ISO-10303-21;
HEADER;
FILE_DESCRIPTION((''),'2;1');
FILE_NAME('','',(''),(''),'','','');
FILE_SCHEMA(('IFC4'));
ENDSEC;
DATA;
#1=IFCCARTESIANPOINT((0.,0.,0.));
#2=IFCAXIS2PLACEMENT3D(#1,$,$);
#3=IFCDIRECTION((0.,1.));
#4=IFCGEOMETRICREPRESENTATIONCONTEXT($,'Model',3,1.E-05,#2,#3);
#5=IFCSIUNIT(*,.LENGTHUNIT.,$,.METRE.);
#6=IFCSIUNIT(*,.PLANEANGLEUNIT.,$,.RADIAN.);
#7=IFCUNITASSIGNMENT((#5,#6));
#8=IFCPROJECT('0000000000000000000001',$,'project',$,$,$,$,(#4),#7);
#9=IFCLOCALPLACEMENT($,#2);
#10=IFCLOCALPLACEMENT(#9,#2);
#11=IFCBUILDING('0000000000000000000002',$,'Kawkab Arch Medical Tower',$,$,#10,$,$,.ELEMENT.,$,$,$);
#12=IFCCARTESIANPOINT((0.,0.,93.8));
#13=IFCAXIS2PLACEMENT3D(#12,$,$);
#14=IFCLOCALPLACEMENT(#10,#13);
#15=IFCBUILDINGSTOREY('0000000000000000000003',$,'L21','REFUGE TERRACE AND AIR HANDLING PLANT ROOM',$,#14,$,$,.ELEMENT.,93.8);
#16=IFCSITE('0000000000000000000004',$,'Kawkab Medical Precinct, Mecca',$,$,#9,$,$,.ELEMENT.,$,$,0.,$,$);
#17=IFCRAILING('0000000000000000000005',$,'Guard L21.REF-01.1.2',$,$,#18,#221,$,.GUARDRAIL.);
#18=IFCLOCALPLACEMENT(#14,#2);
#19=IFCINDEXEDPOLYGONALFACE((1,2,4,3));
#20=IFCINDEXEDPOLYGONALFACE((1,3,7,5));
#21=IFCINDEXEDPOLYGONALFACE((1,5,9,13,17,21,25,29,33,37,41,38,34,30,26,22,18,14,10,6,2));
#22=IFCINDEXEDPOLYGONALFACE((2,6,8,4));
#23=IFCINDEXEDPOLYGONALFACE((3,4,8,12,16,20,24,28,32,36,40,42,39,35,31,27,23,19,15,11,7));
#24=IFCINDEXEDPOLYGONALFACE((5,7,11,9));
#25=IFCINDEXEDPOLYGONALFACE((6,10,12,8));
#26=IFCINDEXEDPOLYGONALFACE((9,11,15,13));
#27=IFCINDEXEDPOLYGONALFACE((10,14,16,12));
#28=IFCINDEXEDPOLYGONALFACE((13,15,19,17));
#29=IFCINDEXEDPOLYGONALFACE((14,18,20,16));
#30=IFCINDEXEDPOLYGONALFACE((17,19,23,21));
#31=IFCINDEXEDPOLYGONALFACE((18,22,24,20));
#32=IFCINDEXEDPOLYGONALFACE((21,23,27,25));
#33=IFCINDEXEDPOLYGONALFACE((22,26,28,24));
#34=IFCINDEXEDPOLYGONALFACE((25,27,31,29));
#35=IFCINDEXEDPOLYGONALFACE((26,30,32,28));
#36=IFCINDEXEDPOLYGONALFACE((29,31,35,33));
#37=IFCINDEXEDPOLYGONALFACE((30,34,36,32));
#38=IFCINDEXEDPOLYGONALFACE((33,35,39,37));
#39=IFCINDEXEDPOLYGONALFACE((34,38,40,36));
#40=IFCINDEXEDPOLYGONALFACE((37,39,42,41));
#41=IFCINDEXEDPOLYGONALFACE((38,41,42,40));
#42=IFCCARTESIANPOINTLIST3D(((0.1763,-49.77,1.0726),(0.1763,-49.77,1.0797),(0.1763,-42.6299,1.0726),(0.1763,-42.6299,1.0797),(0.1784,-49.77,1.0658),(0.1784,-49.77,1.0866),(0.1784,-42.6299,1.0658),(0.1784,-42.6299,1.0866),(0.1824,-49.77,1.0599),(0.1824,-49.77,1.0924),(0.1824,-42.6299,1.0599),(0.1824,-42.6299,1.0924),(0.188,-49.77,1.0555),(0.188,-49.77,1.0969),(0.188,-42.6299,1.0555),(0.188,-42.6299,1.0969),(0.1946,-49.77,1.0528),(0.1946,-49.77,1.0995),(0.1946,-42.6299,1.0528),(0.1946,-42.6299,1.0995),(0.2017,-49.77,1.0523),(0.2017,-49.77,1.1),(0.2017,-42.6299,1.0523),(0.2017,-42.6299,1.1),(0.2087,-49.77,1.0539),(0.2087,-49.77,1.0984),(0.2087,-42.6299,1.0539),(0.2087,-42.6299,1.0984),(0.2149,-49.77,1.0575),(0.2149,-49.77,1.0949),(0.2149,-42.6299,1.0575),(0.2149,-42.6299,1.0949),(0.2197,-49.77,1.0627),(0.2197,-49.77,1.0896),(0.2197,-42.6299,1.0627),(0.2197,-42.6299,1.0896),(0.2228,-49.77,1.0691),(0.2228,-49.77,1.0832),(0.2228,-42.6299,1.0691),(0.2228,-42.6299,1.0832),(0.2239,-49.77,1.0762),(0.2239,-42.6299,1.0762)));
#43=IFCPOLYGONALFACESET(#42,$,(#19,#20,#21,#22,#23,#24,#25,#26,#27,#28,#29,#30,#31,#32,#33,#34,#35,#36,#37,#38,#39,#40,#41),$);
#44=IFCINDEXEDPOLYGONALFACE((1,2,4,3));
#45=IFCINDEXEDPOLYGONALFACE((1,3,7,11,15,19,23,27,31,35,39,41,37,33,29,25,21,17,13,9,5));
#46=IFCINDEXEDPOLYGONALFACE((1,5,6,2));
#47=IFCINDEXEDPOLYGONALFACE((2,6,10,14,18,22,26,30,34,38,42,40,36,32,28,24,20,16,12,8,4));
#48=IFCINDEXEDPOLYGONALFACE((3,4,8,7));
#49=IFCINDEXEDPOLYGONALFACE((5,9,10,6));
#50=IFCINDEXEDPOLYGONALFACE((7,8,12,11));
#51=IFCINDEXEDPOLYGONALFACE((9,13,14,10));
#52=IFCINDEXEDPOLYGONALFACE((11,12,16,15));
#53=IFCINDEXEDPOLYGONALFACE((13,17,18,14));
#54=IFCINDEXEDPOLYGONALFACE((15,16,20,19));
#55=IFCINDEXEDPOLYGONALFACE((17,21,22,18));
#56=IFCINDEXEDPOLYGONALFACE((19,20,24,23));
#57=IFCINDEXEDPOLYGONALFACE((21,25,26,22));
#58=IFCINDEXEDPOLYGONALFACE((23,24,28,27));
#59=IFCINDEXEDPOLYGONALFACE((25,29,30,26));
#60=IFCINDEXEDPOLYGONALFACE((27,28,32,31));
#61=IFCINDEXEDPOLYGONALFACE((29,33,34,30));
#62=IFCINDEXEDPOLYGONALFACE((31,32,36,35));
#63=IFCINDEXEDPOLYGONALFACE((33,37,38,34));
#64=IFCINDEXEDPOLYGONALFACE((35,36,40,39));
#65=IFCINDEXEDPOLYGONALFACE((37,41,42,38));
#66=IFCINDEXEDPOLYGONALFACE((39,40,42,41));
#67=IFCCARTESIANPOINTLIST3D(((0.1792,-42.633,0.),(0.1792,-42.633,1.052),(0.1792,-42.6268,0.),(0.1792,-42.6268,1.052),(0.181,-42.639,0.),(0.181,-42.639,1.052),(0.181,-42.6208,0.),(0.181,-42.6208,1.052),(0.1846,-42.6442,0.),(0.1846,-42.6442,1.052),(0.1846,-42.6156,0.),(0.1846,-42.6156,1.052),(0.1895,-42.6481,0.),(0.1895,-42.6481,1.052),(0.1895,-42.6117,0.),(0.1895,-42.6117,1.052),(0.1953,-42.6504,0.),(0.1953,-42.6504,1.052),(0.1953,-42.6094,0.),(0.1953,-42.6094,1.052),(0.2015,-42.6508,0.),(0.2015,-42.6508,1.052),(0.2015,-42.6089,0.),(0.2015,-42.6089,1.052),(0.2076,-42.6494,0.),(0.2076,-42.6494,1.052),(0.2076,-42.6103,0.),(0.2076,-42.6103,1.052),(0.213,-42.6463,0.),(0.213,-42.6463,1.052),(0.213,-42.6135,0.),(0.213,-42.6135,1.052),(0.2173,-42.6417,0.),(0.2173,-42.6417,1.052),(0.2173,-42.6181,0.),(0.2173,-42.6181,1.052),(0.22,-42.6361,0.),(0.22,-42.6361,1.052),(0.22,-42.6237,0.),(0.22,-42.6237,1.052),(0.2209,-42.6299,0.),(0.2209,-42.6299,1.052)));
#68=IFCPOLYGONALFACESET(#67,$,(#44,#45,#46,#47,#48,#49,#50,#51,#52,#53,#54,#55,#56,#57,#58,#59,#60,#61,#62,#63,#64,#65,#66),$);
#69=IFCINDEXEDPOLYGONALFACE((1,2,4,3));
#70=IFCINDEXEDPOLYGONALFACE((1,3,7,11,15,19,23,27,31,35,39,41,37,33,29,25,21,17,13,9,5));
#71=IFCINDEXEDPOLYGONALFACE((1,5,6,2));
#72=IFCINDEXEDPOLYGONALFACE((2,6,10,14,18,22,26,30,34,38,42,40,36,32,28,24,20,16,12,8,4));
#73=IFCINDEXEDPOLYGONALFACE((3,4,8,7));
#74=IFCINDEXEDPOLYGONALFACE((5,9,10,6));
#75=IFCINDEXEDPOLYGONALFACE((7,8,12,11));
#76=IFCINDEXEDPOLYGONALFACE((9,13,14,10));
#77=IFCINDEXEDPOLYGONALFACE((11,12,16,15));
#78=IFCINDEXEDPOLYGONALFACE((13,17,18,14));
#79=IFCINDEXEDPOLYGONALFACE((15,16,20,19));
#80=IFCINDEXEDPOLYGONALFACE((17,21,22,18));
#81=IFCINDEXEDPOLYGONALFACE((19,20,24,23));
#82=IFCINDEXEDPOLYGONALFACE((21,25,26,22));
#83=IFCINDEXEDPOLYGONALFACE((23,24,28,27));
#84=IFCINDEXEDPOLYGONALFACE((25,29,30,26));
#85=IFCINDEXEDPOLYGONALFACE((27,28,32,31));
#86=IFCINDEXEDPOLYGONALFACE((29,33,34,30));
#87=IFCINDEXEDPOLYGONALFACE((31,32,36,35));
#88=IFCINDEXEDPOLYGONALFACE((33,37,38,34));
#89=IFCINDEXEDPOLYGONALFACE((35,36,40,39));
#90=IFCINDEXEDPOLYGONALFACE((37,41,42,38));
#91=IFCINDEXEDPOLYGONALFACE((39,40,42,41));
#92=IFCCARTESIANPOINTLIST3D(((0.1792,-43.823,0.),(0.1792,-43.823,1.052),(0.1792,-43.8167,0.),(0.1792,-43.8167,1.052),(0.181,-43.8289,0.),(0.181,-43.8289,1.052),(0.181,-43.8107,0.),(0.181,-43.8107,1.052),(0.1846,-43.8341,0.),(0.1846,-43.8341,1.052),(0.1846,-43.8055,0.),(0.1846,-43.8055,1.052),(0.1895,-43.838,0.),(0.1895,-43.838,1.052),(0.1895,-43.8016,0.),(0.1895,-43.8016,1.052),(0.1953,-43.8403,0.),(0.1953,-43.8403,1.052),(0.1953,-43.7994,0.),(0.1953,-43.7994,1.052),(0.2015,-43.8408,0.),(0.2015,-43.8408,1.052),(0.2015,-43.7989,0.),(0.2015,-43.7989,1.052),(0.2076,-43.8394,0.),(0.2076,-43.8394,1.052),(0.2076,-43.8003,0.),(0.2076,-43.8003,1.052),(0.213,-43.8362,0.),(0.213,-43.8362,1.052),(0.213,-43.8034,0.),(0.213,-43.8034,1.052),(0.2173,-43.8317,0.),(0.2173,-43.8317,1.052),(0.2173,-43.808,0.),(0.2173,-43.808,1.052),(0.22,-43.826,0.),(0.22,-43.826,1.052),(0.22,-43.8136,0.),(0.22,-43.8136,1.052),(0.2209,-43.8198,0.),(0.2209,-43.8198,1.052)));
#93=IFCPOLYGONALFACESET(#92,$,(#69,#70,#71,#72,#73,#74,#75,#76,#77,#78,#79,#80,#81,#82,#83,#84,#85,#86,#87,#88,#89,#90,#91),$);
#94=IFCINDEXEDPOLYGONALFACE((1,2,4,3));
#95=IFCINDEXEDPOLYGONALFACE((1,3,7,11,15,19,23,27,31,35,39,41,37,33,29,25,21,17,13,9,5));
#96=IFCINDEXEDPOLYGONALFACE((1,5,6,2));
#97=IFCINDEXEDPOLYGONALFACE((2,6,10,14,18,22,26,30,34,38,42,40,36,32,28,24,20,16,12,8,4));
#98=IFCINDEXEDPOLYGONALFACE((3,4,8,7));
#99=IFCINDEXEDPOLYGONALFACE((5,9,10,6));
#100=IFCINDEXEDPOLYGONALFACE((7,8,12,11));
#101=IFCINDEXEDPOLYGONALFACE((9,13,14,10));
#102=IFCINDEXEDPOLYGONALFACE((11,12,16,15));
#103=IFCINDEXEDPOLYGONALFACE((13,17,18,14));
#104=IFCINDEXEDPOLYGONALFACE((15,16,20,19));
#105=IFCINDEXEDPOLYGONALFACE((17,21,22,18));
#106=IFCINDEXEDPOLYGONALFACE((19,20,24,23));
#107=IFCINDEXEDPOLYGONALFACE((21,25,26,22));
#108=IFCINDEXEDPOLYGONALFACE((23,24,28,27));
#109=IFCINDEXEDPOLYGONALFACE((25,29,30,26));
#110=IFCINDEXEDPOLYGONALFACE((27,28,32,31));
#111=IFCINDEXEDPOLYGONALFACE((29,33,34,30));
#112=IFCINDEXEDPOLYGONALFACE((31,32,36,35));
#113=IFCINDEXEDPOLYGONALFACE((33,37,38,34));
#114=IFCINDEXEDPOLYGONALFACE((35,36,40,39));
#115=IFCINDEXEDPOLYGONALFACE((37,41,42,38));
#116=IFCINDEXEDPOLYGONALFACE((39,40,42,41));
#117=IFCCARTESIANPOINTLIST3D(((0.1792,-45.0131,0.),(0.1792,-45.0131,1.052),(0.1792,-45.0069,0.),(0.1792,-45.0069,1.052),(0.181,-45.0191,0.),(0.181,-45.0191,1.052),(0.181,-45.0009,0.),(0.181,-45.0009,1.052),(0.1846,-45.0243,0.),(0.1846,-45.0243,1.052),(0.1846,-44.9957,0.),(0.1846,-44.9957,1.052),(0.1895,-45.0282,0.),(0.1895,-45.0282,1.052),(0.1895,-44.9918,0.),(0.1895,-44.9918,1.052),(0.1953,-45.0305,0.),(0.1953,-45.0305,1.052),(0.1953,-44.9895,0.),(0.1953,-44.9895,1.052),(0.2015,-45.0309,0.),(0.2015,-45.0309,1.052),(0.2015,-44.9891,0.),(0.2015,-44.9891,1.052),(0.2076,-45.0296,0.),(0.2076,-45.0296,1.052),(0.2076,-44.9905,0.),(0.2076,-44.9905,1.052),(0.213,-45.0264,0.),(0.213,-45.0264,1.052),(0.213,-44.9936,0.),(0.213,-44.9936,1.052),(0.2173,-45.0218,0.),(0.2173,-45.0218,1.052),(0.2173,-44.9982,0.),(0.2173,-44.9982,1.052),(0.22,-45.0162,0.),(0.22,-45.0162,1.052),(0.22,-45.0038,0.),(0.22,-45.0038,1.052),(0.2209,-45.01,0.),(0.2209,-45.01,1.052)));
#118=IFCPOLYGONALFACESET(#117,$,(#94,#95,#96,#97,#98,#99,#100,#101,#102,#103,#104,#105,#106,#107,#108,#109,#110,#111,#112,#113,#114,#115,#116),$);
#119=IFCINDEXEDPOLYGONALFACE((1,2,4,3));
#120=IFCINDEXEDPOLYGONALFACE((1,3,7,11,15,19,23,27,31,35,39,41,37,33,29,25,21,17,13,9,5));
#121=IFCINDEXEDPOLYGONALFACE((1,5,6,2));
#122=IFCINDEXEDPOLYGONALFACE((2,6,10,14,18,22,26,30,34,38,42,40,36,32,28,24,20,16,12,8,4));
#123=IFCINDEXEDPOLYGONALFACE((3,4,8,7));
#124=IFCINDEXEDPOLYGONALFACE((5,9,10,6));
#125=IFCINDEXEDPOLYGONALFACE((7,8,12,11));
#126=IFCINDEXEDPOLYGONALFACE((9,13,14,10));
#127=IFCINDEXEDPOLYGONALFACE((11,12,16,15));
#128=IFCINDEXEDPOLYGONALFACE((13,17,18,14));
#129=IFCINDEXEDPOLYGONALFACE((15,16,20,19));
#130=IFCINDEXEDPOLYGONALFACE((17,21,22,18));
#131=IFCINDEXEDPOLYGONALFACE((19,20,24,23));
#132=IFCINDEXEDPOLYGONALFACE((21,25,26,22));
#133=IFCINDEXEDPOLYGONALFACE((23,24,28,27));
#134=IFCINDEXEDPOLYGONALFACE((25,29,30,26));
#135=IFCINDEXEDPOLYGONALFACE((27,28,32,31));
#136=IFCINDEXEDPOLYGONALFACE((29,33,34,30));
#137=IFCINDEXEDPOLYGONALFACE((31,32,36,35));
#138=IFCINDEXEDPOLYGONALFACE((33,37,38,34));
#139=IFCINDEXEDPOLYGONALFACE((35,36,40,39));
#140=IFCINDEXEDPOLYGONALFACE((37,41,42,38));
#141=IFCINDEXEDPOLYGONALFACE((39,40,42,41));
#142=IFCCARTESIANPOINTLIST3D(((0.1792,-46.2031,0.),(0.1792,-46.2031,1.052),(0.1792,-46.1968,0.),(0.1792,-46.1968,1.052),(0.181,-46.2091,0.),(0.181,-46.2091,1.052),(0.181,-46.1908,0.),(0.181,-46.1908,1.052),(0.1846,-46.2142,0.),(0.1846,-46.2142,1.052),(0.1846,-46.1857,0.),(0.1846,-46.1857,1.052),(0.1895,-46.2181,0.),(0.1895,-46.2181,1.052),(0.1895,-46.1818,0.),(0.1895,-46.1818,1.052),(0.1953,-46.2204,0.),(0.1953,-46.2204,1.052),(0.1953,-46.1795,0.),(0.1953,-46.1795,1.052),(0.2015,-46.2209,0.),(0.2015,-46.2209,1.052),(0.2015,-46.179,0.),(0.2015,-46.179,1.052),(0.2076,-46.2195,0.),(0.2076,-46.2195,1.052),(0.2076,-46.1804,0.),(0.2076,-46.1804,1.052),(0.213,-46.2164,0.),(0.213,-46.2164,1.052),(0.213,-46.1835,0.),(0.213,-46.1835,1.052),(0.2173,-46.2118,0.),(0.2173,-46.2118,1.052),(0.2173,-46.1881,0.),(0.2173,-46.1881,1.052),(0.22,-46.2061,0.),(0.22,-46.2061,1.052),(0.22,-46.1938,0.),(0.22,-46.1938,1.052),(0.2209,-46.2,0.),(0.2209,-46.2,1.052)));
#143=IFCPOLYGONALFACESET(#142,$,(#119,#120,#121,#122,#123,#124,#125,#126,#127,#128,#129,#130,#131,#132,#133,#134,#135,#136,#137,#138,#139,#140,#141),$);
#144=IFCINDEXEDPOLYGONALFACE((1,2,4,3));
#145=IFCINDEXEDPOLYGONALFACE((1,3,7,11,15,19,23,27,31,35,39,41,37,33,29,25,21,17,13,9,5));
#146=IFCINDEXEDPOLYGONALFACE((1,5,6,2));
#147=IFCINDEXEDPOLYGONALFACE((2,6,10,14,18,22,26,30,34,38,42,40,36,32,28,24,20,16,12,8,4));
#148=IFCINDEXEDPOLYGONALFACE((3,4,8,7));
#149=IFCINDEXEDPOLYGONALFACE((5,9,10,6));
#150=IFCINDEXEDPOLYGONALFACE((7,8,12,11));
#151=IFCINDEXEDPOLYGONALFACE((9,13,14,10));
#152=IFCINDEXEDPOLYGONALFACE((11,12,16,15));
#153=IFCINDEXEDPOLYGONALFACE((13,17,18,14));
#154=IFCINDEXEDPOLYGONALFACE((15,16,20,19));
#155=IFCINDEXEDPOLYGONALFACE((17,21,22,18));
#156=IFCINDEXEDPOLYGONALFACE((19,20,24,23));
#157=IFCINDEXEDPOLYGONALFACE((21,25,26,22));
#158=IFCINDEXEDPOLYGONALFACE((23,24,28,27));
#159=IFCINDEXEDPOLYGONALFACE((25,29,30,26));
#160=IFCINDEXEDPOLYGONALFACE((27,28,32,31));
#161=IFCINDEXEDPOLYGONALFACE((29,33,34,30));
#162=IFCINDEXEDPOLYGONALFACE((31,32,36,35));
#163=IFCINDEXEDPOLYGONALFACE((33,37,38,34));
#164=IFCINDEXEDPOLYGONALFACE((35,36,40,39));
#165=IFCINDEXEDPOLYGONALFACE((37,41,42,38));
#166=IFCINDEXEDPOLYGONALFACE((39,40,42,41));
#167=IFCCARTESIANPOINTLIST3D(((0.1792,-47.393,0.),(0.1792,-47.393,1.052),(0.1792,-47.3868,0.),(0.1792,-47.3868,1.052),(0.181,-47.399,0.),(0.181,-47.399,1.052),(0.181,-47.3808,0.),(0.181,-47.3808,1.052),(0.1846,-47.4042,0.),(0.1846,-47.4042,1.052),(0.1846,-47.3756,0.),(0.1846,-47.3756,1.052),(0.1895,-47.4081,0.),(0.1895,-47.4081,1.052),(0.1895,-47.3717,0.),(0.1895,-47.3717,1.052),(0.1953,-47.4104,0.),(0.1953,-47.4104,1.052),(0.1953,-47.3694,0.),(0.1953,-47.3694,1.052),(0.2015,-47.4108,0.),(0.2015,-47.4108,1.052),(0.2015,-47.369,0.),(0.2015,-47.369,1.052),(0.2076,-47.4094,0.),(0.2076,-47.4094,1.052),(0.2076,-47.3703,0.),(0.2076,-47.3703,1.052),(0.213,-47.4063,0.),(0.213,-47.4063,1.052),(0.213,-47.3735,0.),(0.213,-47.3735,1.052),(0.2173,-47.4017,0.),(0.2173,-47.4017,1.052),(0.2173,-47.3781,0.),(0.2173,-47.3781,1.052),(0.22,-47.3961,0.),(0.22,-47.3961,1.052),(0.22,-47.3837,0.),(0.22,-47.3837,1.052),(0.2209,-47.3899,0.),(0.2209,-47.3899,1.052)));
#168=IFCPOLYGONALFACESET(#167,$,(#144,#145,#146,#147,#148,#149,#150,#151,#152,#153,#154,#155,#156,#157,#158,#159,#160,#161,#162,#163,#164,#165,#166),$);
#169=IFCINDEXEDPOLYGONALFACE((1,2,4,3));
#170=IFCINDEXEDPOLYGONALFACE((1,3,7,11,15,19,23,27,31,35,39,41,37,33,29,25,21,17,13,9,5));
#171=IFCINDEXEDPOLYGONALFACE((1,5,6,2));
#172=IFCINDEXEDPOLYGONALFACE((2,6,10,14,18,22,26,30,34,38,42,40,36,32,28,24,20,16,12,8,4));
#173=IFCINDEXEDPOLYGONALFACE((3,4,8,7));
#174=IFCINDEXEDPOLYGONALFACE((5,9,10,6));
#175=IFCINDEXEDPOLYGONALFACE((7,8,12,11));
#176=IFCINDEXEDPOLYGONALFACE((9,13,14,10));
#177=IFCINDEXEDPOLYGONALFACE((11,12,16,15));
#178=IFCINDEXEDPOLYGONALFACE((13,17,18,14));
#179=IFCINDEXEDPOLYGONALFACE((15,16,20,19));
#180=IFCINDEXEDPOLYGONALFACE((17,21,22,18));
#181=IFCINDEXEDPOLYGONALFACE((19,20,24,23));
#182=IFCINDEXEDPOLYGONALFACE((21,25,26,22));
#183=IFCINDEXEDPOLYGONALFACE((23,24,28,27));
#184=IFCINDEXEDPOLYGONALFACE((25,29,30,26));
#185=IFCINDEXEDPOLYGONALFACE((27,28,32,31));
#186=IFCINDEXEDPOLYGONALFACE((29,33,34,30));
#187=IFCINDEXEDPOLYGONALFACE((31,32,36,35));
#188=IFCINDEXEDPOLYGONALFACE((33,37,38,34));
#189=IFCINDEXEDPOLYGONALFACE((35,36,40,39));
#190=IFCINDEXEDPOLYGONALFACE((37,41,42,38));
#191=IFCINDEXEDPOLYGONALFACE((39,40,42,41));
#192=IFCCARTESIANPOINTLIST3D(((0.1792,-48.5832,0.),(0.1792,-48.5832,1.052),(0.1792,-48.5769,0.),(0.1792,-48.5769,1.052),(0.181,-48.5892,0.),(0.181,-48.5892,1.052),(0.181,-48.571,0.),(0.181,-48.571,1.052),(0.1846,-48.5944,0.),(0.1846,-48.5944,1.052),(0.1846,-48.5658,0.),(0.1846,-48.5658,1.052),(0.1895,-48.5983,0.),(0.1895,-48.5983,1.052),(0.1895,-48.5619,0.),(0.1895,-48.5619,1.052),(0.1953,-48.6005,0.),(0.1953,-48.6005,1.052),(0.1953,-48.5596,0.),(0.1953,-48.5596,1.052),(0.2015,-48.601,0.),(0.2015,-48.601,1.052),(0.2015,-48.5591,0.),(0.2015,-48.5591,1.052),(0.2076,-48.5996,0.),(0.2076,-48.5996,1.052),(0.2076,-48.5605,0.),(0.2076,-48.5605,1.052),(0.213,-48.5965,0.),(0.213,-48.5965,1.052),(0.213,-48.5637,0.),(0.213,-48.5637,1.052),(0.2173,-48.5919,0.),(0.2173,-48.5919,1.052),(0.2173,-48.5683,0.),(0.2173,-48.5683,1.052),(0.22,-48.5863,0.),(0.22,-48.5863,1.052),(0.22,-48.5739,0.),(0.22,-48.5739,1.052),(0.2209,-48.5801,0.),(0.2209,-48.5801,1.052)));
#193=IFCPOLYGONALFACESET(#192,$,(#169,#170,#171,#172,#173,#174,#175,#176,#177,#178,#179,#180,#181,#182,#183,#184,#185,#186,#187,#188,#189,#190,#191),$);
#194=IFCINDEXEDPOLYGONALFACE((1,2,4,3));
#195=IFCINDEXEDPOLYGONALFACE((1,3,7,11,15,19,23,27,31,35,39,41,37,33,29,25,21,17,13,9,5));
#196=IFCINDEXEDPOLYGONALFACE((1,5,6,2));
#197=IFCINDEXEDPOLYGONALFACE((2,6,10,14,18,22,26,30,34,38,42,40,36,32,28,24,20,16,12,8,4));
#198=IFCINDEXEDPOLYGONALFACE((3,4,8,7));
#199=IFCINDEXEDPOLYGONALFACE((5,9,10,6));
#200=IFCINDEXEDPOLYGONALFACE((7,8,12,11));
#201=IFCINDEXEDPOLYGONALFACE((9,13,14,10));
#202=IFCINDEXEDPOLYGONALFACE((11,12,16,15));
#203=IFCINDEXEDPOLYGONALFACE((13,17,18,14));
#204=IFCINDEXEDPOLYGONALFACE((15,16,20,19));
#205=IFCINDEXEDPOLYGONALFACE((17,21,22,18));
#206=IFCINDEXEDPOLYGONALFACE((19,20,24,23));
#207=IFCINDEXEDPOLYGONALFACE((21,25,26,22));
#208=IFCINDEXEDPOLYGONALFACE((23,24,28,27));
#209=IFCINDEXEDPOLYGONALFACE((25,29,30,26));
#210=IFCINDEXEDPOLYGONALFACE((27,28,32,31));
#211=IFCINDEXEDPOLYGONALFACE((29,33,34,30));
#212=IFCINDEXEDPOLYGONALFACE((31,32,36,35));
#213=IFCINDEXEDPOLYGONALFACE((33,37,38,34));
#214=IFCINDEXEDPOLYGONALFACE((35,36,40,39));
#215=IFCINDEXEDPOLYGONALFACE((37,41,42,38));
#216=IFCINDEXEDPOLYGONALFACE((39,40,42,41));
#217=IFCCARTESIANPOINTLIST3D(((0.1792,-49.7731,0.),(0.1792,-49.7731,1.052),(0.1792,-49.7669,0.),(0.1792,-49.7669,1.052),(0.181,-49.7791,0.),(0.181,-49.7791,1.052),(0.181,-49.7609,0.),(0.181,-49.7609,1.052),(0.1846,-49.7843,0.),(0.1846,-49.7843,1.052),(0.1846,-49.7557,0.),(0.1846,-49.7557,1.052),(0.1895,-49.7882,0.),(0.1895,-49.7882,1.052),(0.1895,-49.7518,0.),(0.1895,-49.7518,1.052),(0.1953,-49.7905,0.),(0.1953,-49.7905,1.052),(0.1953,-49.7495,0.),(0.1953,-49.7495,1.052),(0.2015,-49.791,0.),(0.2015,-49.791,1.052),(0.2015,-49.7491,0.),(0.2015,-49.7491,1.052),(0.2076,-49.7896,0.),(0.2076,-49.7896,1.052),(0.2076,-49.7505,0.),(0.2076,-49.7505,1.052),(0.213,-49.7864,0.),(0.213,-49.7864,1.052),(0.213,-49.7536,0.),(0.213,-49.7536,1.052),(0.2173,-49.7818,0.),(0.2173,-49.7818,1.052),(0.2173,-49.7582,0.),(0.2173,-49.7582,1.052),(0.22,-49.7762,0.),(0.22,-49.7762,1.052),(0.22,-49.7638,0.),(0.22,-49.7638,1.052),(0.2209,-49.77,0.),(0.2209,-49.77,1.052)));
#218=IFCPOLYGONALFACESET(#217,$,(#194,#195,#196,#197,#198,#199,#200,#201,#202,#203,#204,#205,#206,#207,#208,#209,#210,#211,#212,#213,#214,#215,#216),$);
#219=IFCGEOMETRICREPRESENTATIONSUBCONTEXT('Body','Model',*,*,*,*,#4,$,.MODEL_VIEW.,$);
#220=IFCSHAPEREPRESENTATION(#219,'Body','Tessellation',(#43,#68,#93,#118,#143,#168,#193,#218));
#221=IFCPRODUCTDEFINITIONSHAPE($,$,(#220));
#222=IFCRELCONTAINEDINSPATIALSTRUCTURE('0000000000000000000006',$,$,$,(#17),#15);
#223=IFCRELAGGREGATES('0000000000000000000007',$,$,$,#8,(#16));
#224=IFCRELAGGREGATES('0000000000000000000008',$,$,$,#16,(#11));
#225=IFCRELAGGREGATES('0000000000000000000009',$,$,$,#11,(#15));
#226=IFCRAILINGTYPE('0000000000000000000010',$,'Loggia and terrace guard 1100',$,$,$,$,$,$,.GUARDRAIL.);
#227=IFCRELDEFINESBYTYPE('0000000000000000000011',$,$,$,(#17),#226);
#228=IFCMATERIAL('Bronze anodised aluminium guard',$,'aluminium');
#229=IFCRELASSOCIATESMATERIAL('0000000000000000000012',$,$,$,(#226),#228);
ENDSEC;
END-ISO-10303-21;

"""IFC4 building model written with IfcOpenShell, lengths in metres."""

from ifc_helpers import new_model, si_unit, direction, frame, origin, origin_2d, place, context, subcontext, project, spatial, circle, extrude, material, type_object, element, save


model = new_model("IFC4")

# Units and contexts
model_context = context("Model", 3, precision=1e-05, world=origin(), true_north=direction((0.0, 1.0)))
body_context = subcontext(model_context, "Body", "Model", "MODEL_VIEW")
ifc_project = project(units=[si_unit("LENGTHUNIT", "METRE"), si_unit("PLANEANGLEUNIT", "RADIAN")], contexts=[model_context])

# Site, building, storey
site_placement = place(None, origin())
site = spatial("IfcSite", under=ifc_project, at=site_placement, Name="Kawkab Medical Precinct, Mecca", CompositionType="ELEMENT", RefElevation=0.0)
building_placement = place(site_placement, origin())
building = spatial("IfcBuilding", under=site, at=building_placement, Name="Kawkab Arch Medical Tower", CompositionType="ELEMENT")
storey_placement = place(building_placement, frame((0.0, 0.0, 93.8)))
storey = spatial("IfcBuildingStorey", under=building, at=storey_placement, Name="L21", Description="REFUGE TERRACE AND AIR HANDLING PLANT ROOM", CompositionType="ELEMENT", Elevation=93.8)

# Railing
ifc_material_1 = material(Name="Bronze anodised aluminium guard", Category="aluminium")
railing_type_1 = type_object("IfcRailingType", Name="Loggia and terrace guard 1100", PredefinedType="GUARDRAIL", material=ifc_material_1)
railing_1_placement = place(storey_placement, frame((0.2, -42.6299, 0.0)))
element("IfcRailing", 1, at=railing_1_placement, inside=storey, type_object=railing_type_1, Name="Guard L21.REF-01.1.2", PredefinedType="GUARDRAIL", context=body_context, shape_type="SweptSolid", body=[
    extrude(circle(Radius=0.0239, at=origin_2d()), frame((0.0, 0.0, 1.0762), z_axis=(0.0, -1.0, 0.0), x_axis=(1.0, 0.0, 0.0)), (0.0, 0.0, 1.0), 7.1401),
    extrude(circle(Radius=0.021, at=origin_2d()), origin(), (0.0, 0.0, 1.0), 1.052),
    extrude(circle(Radius=0.021, at=origin_2d()), frame((0.0, -1.1899, 0.0)), (0.0, 0.0, 1.0), 1.052),
    extrude(circle(Radius=0.021, at=origin_2d()), frame((0.0, -2.3801, 0.0)), (0.0, 0.0, 1.0), 1.052),
    extrude(circle(Radius=0.021, at=origin_2d()), frame((0.0, -3.5701, 0.0)), (0.0, 0.0, 1.0), 1.052),
    extrude(circle(Radius=0.021, at=origin_2d()), frame((0.0, -4.76, 0.0)), (0.0, 0.0, 1.0), 1.052),
    extrude(circle(Radius=0.021, at=origin_2d()), frame((0.0, -5.9502, 0.0)), (0.0, 0.0, 1.0), 1.052),
    extrude(circle(Radius=0.021, at=origin_2d()), frame((0.0, -7.1401, 0.0)), (0.0, 0.0, 1.0), 1.052),
])

save(model, "model.ifc")
